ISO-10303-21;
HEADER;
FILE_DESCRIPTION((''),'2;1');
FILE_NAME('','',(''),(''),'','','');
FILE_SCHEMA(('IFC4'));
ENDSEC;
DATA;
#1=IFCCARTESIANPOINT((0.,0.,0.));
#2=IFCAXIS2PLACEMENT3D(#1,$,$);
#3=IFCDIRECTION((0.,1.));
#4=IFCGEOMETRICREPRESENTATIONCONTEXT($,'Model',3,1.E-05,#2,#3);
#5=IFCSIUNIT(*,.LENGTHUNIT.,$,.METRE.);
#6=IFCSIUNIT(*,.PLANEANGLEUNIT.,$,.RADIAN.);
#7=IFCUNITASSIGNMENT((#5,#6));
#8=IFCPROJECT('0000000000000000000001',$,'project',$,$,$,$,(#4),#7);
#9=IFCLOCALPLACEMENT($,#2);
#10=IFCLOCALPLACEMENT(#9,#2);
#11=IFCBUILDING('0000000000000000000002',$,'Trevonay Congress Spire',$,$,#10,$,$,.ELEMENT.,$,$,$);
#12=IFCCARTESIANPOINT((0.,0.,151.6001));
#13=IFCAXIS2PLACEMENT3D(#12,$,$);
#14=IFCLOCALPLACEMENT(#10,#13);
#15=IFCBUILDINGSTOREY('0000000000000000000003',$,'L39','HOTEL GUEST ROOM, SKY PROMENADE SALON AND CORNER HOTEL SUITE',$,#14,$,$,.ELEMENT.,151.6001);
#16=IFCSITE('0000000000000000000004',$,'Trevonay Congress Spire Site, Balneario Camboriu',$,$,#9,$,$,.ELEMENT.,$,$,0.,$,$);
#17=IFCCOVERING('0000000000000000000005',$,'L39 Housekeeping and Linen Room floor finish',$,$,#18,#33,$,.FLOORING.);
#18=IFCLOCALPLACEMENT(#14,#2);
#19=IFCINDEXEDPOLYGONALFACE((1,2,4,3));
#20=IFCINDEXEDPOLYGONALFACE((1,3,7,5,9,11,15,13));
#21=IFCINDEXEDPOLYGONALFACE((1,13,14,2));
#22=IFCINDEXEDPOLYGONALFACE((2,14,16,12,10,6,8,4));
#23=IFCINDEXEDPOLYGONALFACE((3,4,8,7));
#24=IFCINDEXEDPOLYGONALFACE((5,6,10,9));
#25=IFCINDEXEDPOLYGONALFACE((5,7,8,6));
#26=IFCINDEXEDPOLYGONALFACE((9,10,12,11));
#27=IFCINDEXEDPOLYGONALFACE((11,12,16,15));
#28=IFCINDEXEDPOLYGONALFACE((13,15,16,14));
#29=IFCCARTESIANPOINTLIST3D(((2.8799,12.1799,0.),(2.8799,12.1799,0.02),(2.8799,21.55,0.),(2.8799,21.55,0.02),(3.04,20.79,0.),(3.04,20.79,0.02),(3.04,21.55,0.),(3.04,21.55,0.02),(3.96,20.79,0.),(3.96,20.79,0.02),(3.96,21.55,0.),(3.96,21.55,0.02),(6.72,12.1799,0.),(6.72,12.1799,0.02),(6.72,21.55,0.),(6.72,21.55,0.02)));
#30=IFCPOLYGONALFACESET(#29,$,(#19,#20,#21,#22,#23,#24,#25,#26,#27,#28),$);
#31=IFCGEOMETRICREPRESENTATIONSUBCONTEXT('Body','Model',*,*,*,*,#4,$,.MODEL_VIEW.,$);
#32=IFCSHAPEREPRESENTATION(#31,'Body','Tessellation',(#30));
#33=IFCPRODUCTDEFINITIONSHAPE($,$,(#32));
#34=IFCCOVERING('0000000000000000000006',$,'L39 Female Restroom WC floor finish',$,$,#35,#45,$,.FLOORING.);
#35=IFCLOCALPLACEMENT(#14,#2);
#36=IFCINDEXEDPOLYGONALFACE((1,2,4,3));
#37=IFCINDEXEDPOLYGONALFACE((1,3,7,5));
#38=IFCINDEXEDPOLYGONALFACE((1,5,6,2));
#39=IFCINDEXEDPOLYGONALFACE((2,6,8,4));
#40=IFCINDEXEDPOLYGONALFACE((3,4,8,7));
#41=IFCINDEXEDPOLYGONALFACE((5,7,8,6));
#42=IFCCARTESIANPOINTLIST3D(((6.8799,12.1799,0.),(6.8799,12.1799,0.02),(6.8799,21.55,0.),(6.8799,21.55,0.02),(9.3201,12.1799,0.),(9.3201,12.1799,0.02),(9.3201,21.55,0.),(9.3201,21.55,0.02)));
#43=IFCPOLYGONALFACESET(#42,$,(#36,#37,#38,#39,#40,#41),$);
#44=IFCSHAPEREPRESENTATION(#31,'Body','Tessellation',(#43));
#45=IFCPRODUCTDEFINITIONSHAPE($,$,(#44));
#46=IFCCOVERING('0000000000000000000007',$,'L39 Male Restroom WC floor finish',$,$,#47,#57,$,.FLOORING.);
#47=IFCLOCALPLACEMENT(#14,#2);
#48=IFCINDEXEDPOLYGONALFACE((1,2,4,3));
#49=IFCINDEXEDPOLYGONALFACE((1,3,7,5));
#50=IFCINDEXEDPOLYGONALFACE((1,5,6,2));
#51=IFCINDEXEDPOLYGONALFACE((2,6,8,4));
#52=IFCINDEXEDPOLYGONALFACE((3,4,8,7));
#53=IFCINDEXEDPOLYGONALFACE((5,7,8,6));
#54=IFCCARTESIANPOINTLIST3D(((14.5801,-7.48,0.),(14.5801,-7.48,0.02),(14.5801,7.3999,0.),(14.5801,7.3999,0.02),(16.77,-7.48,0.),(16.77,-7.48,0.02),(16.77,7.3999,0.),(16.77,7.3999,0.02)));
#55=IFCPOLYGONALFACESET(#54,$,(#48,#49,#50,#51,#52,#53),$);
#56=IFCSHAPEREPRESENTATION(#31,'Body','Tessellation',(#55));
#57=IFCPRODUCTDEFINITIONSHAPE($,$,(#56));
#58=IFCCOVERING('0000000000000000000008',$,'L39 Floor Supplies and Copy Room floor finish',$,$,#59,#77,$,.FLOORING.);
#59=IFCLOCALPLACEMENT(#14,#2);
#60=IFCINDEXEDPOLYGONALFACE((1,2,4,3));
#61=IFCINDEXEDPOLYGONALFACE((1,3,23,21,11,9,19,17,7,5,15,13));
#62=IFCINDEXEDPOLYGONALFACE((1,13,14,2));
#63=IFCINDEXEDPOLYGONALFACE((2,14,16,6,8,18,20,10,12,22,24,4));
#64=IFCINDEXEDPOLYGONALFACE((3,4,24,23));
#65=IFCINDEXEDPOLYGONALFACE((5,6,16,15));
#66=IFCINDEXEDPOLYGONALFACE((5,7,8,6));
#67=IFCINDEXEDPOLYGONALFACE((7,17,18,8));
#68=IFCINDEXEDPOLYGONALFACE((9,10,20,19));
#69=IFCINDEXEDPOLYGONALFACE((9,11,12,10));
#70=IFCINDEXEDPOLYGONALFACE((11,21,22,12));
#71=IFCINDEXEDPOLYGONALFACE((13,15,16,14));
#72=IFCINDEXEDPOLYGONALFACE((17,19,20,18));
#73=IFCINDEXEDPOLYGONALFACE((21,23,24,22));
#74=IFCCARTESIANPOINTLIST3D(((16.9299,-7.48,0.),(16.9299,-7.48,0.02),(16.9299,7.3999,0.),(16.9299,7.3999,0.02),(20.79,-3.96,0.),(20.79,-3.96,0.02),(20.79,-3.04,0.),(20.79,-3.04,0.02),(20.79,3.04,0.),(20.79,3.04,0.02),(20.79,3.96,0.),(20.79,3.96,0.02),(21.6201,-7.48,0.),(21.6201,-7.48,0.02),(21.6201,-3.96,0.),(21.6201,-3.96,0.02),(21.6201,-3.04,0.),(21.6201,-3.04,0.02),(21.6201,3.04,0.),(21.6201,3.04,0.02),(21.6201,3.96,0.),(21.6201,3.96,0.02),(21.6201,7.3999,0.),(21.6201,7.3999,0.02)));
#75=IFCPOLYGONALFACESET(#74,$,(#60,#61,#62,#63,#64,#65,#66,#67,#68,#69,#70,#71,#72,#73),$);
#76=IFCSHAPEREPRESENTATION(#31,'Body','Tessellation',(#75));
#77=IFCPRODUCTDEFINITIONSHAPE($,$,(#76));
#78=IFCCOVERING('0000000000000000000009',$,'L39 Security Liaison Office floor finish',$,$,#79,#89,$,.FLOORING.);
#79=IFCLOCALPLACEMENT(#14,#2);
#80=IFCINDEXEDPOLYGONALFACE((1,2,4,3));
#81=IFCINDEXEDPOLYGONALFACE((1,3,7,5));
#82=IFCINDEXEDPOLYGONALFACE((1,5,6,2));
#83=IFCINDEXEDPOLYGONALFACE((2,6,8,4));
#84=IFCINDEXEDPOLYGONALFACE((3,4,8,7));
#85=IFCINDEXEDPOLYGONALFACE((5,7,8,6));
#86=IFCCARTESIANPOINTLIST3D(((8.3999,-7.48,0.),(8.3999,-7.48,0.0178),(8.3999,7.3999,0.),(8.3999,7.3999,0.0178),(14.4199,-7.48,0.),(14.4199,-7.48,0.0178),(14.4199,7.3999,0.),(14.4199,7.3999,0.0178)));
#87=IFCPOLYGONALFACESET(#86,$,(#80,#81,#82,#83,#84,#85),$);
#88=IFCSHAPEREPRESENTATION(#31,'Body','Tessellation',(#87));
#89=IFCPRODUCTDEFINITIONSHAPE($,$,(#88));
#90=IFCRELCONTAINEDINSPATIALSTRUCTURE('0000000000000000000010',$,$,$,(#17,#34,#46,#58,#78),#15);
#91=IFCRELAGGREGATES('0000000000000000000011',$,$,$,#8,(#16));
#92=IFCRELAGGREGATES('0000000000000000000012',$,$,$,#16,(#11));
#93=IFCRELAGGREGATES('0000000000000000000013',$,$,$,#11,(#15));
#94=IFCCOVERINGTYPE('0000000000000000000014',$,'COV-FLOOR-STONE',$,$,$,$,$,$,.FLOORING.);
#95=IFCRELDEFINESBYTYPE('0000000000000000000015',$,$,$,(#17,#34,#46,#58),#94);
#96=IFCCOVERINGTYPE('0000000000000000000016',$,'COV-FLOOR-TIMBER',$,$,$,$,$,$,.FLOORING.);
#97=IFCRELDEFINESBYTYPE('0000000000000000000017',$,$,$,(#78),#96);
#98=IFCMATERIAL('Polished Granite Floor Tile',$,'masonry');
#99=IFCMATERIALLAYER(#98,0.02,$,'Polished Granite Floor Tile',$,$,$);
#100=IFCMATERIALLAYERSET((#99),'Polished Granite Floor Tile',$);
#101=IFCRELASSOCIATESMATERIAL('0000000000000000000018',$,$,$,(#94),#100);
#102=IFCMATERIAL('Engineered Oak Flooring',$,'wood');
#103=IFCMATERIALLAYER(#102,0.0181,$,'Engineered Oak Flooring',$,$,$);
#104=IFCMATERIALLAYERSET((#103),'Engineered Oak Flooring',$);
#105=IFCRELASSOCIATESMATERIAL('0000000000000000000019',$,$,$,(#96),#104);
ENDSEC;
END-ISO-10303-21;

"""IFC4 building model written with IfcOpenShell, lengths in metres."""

from ifc_helpers import new_model, si_unit, direction, frame, origin, place, context, subcontext, project, spatial, polyline, outline, extrude, material, layer, layer_set, type_object, element, save


model = new_model("IFC4")

# Units and contexts
model_context = context("Model", 3, precision=1e-05, world=origin(), true_north=direction((0.0, 1.0)))
body_context = subcontext(model_context, "Body", "Model", "MODEL_VIEW")
ifc_project = project(units=[si_unit("LENGTHUNIT", "METRE"), si_unit("PLANEANGLEUNIT", "RADIAN")], contexts=[model_context])

# Site, building, storey
site_placement = place(None, origin())
site = spatial("IfcSite", under=ifc_project, at=site_placement, Name="Trevonay Congress Spire Site, Balneario Camboriu", CompositionType="ELEMENT", RefElevation=0.0)
building_placement = place(site_placement, origin())
building = spatial("IfcBuilding", under=site, at=building_placement, Name="Trevonay Congress Spire", CompositionType="ELEMENT")
storey_placement = place(building_placement, frame((0.0, 0.0, 151.6001)))
storey = spatial("IfcBuildingStorey", under=building, at=storey_placement, Name="L39", Description="HOTEL GUEST ROOM, SKY PROMENADE SALON AND CORNER HOTEL SUITE", CompositionType="ELEMENT", Elevation=151.6001)

# Coverings
ifc_material_1 = material(Name="Polished Granite Floor Tile", Category="masonry")
ifc_layer_1 = layer(ifc_material_1, 0.02, Name="Polished Granite Floor Tile")
ifc_layer_set_1 = layer_set([ifc_layer_1], Name="Polished Granite Floor Tile")
covering_type_1 = type_object("IfcCoveringType", Name="COV-FLOOR-STONE", PredefinedType="FLOORING", material=ifc_layer_set_1)
covering_1_placement = place(storey_placement, origin())
element("IfcCovering", 1, at=covering_1_placement, inside=storey, type_object=covering_type_1, Name="L39 Housekeeping and Linen Room floor finish", PredefinedType="FLOORING", context=body_context, shape_type="SweptSolid", body=[
    extrude(outline(polyline([(6.72, 21.55), (6.72, 12.1799), (2.8799, 12.1799), (2.8799, 21.55), (3.04, 21.55), (3.04, 20.79), (3.96, 20.79), (3.96, 21.55), (6.72, 21.55)])), origin(), (0.0, 0.0, 1.0), 0.02),
])
covering_2_placement = place(storey_placement, origin())
element("IfcCovering", 2, at=covering_2_placement, inside=storey, type_object=covering_type_1, Name="L39 Female Restroom WC floor finish", PredefinedType="FLOORING", context=body_context, shape_type="SweptSolid", body=[
    extrude(outline(polyline([(6.8799, 12.1799), (9.3201, 12.1799), (9.3201, 21.55), (6.8799, 21.55), (6.8799, 12.1799)])), origin(), (0.0, 0.0, 1.0), 0.02),
])
covering_3_placement = place(storey_placement, origin())
element("IfcCovering", 3, at=covering_3_placement, inside=storey, type_object=covering_type_1, Name="L39 Male Restroom WC floor finish", PredefinedType="FLOORING", context=body_context, shape_type="SweptSolid", body=[
    extrude(outline(polyline([(14.5801, -7.48), (16.77, -7.48), (16.77, 7.3999), (14.5801, 7.3999), (14.5801, -7.48)])), origin(), (0.0, 0.0, 1.0), 0.02),
])
covering_4_placement = place(storey_placement, origin())
element("IfcCovering", 4, at=covering_4_placement, inside=storey, type_object=covering_type_1, Name="L39 Floor Supplies and Copy Room floor finish", PredefinedType="FLOORING", context=body_context, shape_type="SweptSolid", body=[
    extrude(outline(polyline([(21.6201, -7.48), (16.9299, -7.48), (16.9299, 7.3999), (21.6201, 7.3999), (21.6201, 3.96), (20.79, 3.96), (20.79, 3.04), (21.6201, 3.04), (21.6201, -3.04), (20.79, -3.04), (20.79, -3.96), (21.6201, -3.96), (21.6201, -7.48)])), origin(), (0.0, 0.0, 1.0), 0.02),
])
ifc_material_2 = material(Name="Engineered Oak Flooring", Category="wood")
ifc_layer_2 = layer(ifc_material_2, 0.0181, Name="Engineered Oak Flooring")
ifc_layer_set_2 = layer_set([ifc_layer_2], Name="Engineered Oak Flooring")
covering_type_2 = type_object("IfcCoveringType", Name="COV-FLOOR-TIMBER", PredefinedType="FLOORING", material=ifc_layer_set_2)
covering_5_placement = place(storey_placement, origin())
element("IfcCovering", 5, at=covering_5_placement, inside=storey, type_object=covering_type_2, Name="L39 Security Liaison Office floor finish", PredefinedType="FLOORING", context=body_context, shape_type="SweptSolid", body=[
    extrude(outline(polyline([(8.3999, -7.48), (14.4199, -7.48), (14.4199, 7.3999), (8.3999, 7.3999), (8.3999, -7.48)])), origin(), (0.0, 0.0, 1.0), 0.0178),
])

save(model, "model.ifc")
